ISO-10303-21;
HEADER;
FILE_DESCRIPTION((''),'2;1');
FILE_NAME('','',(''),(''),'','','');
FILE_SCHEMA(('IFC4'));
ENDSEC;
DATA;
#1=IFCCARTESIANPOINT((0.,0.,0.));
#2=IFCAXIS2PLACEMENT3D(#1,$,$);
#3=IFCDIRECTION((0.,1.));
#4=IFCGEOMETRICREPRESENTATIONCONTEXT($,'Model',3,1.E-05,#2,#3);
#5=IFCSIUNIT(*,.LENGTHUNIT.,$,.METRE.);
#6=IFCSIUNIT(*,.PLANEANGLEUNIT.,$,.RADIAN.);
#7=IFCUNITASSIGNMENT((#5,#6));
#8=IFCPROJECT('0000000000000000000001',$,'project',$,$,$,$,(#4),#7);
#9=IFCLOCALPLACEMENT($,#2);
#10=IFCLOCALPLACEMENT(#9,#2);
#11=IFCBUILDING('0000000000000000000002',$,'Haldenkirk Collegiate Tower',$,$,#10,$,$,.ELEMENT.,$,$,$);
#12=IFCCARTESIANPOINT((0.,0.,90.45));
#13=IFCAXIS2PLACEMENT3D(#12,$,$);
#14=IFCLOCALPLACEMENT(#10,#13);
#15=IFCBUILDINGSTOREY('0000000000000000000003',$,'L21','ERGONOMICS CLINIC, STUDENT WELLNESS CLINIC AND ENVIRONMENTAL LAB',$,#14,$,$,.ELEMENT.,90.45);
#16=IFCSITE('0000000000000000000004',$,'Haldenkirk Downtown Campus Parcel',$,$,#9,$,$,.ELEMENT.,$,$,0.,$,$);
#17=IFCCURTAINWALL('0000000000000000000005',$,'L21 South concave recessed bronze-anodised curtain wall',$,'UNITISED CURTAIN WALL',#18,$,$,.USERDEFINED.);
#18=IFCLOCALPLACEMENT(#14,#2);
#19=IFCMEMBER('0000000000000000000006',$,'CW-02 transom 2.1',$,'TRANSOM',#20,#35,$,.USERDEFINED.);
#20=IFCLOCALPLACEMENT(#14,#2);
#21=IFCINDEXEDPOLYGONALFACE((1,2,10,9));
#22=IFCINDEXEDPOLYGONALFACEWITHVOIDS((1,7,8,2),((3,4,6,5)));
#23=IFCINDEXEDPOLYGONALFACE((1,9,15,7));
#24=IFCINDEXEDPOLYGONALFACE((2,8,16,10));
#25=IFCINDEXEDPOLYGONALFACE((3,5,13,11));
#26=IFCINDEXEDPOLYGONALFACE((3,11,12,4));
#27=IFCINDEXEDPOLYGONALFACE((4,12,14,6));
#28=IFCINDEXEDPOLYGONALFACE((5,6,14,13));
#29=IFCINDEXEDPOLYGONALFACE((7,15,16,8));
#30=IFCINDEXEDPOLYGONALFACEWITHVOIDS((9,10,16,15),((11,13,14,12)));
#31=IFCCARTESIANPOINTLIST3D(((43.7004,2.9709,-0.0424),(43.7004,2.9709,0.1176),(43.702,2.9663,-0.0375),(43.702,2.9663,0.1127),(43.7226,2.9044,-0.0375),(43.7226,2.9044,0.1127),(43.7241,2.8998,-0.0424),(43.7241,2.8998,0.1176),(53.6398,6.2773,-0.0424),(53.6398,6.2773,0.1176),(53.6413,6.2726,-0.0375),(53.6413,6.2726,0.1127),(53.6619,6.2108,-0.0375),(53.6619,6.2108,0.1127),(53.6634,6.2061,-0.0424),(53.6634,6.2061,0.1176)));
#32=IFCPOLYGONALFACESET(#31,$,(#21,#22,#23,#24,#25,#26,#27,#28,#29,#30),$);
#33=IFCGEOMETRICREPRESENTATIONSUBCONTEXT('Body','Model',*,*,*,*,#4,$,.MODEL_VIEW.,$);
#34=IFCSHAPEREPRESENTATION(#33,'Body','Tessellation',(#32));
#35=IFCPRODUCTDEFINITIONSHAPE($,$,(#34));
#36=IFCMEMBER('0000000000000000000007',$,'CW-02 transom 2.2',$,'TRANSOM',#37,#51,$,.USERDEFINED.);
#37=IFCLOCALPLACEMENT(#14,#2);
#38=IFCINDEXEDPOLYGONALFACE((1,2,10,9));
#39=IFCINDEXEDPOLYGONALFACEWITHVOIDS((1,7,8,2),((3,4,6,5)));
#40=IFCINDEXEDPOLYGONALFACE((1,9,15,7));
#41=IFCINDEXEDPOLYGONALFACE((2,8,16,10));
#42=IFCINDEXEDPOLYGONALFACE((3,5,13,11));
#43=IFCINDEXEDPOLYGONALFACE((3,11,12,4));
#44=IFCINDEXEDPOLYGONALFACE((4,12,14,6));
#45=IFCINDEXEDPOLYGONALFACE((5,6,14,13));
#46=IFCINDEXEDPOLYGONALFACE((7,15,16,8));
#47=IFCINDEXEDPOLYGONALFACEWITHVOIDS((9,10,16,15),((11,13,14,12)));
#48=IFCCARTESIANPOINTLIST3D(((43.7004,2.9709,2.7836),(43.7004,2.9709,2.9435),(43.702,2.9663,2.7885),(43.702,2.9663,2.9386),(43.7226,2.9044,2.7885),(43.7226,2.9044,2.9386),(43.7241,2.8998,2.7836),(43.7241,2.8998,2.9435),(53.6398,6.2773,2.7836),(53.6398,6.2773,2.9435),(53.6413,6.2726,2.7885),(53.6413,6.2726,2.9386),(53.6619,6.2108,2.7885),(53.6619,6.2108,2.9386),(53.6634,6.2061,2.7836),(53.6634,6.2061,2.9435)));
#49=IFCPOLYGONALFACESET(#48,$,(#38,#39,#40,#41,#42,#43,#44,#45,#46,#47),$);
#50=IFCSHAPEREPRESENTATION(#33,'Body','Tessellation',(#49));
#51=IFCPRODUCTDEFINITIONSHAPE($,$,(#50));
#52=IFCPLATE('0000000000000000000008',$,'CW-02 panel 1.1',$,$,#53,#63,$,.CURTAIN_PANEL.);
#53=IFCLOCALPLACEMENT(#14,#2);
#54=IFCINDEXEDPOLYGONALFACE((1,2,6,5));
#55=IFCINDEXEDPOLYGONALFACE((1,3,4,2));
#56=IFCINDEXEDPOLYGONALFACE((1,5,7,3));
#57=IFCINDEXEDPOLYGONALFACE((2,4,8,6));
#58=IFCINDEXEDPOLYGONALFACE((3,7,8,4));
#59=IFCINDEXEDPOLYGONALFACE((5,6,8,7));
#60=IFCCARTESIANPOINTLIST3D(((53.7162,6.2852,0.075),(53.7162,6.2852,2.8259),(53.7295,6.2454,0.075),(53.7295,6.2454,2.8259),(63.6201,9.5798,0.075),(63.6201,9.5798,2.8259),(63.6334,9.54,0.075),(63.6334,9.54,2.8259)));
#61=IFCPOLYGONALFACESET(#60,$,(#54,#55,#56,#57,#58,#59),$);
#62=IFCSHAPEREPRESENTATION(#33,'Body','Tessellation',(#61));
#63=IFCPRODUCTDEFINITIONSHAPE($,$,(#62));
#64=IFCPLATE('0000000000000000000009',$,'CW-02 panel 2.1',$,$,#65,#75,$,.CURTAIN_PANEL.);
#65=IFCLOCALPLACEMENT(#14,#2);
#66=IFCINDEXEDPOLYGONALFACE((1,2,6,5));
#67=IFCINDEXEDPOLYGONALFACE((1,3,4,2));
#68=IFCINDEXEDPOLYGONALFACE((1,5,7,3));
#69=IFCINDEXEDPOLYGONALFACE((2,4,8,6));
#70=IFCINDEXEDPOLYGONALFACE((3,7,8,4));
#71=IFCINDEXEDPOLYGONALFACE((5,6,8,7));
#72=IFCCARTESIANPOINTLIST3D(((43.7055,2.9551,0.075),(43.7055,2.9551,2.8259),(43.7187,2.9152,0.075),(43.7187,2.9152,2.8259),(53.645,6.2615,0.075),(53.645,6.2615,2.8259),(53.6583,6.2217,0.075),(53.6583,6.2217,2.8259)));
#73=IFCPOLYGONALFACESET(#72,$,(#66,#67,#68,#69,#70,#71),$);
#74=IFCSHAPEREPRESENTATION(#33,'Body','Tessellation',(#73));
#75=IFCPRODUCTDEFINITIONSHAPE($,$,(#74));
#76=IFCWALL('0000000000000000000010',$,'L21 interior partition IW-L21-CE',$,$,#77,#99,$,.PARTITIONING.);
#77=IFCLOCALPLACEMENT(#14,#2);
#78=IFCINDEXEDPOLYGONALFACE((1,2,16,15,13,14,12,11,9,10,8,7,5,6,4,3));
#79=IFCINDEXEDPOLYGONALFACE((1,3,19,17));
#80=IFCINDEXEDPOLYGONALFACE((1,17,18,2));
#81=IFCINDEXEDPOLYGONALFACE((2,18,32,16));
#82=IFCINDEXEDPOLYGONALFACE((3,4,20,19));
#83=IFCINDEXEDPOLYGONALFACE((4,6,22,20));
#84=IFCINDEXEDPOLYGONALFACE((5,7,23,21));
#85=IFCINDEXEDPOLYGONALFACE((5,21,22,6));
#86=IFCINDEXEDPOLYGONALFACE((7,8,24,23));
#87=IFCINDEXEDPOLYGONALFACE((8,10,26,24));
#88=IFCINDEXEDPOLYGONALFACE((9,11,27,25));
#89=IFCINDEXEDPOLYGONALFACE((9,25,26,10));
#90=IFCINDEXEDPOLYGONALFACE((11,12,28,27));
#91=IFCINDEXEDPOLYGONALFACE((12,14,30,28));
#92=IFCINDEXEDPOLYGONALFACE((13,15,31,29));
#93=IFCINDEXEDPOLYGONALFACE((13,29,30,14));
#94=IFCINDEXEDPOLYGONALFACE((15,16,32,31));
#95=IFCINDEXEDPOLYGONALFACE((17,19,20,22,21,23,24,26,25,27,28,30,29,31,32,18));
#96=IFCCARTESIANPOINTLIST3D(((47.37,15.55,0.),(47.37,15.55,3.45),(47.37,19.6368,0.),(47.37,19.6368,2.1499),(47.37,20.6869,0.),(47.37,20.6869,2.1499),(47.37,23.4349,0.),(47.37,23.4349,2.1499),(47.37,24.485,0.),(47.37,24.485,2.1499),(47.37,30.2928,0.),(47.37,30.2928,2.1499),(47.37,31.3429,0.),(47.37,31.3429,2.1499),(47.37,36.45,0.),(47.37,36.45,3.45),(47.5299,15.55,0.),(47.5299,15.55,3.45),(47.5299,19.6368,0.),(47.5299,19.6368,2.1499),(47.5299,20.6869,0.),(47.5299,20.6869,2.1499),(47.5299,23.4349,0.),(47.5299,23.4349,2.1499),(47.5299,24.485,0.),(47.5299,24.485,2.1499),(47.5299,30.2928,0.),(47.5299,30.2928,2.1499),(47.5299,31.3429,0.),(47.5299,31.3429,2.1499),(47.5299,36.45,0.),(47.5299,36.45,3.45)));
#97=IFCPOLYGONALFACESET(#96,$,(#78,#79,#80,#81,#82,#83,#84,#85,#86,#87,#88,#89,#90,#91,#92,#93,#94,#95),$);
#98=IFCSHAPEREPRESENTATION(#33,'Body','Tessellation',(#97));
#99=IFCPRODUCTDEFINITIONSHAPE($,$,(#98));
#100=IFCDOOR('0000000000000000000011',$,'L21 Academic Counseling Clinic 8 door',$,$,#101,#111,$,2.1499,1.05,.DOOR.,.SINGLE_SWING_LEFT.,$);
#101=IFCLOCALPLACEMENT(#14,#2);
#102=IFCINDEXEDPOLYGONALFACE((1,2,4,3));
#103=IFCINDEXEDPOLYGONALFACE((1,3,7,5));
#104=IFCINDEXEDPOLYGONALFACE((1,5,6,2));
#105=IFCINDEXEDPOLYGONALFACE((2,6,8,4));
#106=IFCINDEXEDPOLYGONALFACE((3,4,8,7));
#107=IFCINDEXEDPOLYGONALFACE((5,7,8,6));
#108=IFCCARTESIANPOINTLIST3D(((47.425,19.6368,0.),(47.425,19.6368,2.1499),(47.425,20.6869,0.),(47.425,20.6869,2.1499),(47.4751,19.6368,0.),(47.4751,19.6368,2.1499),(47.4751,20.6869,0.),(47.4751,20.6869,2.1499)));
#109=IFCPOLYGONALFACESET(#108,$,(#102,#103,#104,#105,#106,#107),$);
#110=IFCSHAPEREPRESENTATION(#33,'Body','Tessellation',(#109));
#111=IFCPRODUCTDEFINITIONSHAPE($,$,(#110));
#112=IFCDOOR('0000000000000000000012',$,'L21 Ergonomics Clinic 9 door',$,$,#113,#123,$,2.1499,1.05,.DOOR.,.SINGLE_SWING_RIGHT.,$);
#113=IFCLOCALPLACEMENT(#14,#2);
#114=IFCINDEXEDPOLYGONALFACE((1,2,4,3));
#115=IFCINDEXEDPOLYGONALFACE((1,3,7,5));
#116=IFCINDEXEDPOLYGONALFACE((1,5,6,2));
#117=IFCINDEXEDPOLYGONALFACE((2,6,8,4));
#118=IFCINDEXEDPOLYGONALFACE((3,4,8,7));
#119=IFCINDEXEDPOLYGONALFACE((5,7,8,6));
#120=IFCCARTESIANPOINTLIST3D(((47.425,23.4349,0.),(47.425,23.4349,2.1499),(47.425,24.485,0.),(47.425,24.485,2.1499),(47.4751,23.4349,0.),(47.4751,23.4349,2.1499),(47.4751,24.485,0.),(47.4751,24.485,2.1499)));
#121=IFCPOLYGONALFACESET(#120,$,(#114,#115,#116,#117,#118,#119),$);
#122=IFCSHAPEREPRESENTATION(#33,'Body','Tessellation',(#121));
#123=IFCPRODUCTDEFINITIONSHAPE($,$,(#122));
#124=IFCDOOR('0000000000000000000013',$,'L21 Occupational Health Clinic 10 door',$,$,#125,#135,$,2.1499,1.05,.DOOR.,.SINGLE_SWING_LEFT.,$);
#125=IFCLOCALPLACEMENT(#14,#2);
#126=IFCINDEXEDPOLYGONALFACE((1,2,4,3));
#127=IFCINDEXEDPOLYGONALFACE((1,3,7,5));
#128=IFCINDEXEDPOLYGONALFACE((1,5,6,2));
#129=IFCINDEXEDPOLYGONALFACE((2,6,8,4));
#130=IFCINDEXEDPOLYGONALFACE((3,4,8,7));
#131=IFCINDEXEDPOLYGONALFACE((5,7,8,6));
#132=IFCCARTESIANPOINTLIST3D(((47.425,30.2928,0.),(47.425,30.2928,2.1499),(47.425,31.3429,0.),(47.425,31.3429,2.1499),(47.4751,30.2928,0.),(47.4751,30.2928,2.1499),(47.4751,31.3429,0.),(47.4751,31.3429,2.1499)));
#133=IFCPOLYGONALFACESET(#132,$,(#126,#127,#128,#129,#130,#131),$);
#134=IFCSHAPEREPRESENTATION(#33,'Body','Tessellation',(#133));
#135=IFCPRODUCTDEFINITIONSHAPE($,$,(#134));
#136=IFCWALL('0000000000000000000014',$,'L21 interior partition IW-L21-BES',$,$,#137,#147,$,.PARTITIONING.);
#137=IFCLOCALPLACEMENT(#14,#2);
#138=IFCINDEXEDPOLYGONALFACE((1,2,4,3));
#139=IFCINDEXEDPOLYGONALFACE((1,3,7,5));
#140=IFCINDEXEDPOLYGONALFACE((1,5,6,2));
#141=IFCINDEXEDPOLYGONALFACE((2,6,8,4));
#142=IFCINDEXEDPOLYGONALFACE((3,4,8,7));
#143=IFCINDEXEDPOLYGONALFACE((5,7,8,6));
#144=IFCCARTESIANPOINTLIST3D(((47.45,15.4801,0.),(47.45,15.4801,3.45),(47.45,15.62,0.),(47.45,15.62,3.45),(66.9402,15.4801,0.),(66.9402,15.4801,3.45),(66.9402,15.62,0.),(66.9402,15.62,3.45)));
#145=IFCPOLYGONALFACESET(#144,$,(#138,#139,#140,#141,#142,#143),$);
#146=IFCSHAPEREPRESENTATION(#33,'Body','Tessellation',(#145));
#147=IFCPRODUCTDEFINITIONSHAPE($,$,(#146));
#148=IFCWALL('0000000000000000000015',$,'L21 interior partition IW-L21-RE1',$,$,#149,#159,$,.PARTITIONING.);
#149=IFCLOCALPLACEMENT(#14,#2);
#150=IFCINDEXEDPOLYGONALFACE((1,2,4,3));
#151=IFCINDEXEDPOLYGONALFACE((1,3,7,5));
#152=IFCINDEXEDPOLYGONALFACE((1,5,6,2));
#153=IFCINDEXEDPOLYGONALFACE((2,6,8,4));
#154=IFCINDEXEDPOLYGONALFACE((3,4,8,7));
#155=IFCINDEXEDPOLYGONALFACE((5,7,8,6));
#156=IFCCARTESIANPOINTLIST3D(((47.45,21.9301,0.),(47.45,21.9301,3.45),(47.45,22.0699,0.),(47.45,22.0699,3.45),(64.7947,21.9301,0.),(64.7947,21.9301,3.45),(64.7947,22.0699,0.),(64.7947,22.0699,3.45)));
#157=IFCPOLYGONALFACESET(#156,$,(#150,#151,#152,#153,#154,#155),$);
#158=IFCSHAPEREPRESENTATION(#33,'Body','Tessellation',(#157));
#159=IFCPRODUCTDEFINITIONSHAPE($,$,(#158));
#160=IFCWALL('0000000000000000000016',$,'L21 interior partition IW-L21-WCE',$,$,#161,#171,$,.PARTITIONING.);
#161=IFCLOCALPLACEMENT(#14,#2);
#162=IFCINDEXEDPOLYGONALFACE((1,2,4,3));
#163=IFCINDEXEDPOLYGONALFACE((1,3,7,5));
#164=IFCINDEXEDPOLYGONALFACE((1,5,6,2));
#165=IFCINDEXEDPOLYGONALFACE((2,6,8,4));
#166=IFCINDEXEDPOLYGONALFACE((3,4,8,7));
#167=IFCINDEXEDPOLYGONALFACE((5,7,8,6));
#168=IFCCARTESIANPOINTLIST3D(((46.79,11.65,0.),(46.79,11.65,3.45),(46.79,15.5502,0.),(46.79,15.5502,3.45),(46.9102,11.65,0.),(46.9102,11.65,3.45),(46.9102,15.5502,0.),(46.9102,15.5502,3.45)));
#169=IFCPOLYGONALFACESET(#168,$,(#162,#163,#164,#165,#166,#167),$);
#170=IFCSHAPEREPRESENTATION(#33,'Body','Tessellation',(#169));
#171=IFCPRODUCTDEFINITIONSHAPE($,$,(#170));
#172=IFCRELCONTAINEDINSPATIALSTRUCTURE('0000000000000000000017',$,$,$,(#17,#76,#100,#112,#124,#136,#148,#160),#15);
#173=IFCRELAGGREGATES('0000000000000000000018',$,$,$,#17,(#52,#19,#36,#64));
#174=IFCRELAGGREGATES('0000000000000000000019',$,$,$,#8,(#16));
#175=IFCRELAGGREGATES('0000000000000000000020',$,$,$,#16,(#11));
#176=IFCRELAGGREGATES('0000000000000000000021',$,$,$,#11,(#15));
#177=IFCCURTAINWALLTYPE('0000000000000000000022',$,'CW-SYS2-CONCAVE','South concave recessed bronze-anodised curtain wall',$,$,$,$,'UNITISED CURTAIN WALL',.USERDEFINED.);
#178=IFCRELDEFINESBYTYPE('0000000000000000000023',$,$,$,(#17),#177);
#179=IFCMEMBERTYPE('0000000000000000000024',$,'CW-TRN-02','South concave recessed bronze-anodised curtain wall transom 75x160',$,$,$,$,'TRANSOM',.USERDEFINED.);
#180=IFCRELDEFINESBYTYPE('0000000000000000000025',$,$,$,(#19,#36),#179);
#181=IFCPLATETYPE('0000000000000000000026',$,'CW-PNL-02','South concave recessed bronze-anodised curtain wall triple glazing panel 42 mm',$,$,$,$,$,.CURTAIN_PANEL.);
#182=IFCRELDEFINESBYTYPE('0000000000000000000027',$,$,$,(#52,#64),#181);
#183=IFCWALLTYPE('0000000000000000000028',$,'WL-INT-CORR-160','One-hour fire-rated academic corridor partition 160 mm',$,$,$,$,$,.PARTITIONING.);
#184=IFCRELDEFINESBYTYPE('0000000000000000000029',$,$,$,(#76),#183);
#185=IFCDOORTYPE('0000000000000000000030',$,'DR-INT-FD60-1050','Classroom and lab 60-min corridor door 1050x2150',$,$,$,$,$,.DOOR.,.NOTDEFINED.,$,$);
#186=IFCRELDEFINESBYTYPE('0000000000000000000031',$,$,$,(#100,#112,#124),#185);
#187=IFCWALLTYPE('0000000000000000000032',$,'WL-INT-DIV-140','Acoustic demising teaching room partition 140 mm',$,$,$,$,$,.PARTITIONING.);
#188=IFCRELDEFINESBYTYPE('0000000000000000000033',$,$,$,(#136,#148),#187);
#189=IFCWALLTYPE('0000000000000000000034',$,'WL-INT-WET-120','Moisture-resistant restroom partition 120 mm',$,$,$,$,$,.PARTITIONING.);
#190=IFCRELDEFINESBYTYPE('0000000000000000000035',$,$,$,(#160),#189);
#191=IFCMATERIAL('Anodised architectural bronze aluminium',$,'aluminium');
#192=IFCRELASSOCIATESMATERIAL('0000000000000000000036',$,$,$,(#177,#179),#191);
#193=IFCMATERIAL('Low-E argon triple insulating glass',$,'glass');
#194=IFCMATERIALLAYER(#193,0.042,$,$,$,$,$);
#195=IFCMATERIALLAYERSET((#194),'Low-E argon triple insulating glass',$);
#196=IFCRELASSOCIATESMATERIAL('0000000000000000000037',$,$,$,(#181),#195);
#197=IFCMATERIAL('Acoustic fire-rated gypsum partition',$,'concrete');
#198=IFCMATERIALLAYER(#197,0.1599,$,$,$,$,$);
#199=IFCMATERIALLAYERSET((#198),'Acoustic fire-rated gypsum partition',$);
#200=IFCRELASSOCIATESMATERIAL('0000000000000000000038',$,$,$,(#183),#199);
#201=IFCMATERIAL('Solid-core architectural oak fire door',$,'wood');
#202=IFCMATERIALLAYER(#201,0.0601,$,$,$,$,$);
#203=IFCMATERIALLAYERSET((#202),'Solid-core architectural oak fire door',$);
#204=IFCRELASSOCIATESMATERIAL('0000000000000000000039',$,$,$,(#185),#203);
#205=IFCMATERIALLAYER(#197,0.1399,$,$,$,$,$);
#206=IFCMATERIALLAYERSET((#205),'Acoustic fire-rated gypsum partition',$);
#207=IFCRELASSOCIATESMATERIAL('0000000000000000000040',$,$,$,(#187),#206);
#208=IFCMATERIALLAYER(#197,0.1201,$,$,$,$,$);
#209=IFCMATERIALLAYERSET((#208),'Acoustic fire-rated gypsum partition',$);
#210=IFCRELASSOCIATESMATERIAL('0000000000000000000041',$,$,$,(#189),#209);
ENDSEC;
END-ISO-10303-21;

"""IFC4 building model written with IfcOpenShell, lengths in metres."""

from ifc_helpers import new_model, si_unit, direction, frame, frame_2d, origin, origin_2d, place, context, subcontext, project, spatial, rectangle, hollow_rectangle, extrude, source, transform, mapped, material, layer, layer_set, material_profile, profile_set, type_object, element, fill, aggregate, save


model = new_model("IFC4")

# Units and contexts
model_context = context("Model", 3, precision=1e-05, world=origin(), true_north=direction((0.0, 1.0)))
body_context = subcontext(model_context, "Body", "Model", "MODEL_VIEW")
ifc_project = project(units=[si_unit("LENGTHUNIT", "METRE"), si_unit("PLANEANGLEUNIT", "RADIAN")], contexts=[model_context])

# Site, building, storey
site_placement = place(None, origin())
site = spatial("IfcSite", under=ifc_project, at=site_placement, Name="Haldenkirk Downtown Campus Parcel", CompositionType="ELEMENT", RefElevation=0.0)
building_placement = place(site_placement, origin())
building = spatial("IfcBuilding", under=site, at=building_placement, Name="Haldenkirk Collegiate Tower", CompositionType="ELEMENT")
storey_placement = place(building_placement, frame((0.0, 0.0, 90.45)))
storey = spatial("IfcBuildingStorey", under=building, at=storey_placement, Name="L21", Description="ERGONOMICS CLINIC, STUDENT WELLNESS CLINIC AND ENVIRONMENTAL LAB", CompositionType="ELEMENT", Elevation=90.45)

# Curtain wall, members, plates
ifc_material_1 = material(Name="Anodised architectural bronze aluminium", Category="aluminium")
curtain_wall_type = type_object("IfcCurtainWallType", Name="CW-SYS2-CONCAVE", Description="South concave recessed bronze-anodised curtain wall", ElementType="UNITISED CURTAIN WALL", PredefinedType="USERDEFINED", material=ifc_material_1)
curtain_wall_placement = place(storey_placement, origin())
curtain_wall = element("IfcCurtainWall", 1, at=curtain_wall_placement, inside=storey, type_object=curtain_wall_type, Name="L21 South concave recessed bronze-anodised curtain wall", ObjectType="UNITISED CURTAIN WALL", PredefinedType="USERDEFINED")
ifc_material_profile_1 = material_profile(ifc_material_1, hollow_rectangle(XDim=0.075, YDim=0.1599, WallThickness=0.0049, at=origin_2d()), Name="CW-TRN-02")
ifc_profile_set_1 = profile_set([ifc_material_profile_1], Name="Anodised architectural bronze aluminium")
member_type_1 = type_object("IfcMemberType", Name="CW-TRN-02", Description="South concave recessed bronze-anodised curtain wall transom 75x160", ElementType="TRANSOM", PredefinedType="USERDEFINED", material=ifc_profile_set_1)
member_1_placement = place(storey_placement, frame((53.6516, 6.2417, 0.0376), z_axis=(-0.948877, -0.315647, 0.0), x_axis=(0.315647, -0.948877, 0.0)))
member_1 = element("IfcMember", 2, at=member_1_placement, type_object=member_type_1, Name="CW-02 transom 2.1", ObjectType="TRANSOM", PredefinedType="USERDEFINED", context=body_context, shape_type="SweptSolid", body=[
    extrude(hollow_rectangle(XDim=0.075, YDim=0.1599, WallThickness=0.0049, at=origin_2d()), origin(), (0.0, 0.0, 1.0), 10.4749),
])
member_2_placement = place(storey_placement, frame((53.6516, 6.2417, 2.8635), z_axis=(-0.948877, -0.315647, 0.0), x_axis=(0.315647, -0.948877, 0.0)))
member_2 = element("IfcMember", 3, at=member_2_placement, type_object=member_type_1, Name="CW-02 transom 2.2", ObjectType="TRANSOM", PredefinedType="USERDEFINED", context=body_context, shape_type="SweptSolid", body=[
    extrude(hollow_rectangle(XDim=0.075, YDim=0.1599, WallThickness=0.0049, at=origin_2d()), origin(), (0.0, 0.0, 1.0), 10.4749),
])
ifc_material_2 = material(Name="Low-E argon triple insulating glass", Category="glass")
ifc_layer_1 = layer(ifc_material_2, 0.042)
ifc_layer_set_1 = layer_set([ifc_layer_1], Name="Low-E argon triple insulating glass")
plate_type = type_object("IfcPlateType", Name="CW-PNL-02", Description="South concave recessed bronze-anodised curtain wall triple glazing panel 42 mm", PredefinedType="CURTAIN_PANEL", material=ifc_layer_set_1)
shared_shape_1 = source(origin(), body_context, "Body", "SweptSolid", [
    extrude(rectangle(XDim=10.4375, YDim=0.042, at=origin_2d()), origin(), (0.0, 0.0, 1.0), 2.751),
])
plate_1_placement = place(storey_placement, frame((58.6748, 7.9126, 0.075), z_axis=(0.0, 0.0, 1.0), x_axis=(-0.948877, -0.315647, 0.0)))
plate_1 = element("IfcPlate", 4, at=plate_1_placement, type_object=plate_type, Name="CW-02 panel 1.1", PredefinedType="CURTAIN_PANEL", context=body_context, shape_type="MappedRepresentation", body=[
    mapped(shared_shape_1, transform((0.0, 0.0, 0.0), x_axis=(1.0, 0.0, 0.0), y_axis=(0.0, 1.0, 0.0), z_axis=(0.0, 0.0, 1.0), scale=1.0)),
])
shared_shape_2 = source(origin(), body_context, "Body", "SweptSolid", [
    extrude(rectangle(XDim=10.4751, YDim=0.042, at=origin_2d()), origin(), (0.0, 0.0, 1.0), 2.751),
])
plate_2_placement = place(storey_placement, frame((48.6819, 4.5884, 0.075), z_axis=(0.0, 0.0, 1.0), x_axis=(-0.948877, -0.315647, 0.0)))
plate_2 = element("IfcPlate", 5, at=plate_2_placement, type_object=plate_type, Name="CW-02 panel 2.1", PredefinedType="CURTAIN_PANEL", context=body_context, shape_type="MappedRepresentation", body=[
    mapped(shared_shape_2, transform((0.0, 0.0, 0.0), x_axis=(1.0, 0.0, 0.0), y_axis=(0.0, 1.0, 0.0), z_axis=(0.0, 0.0, 1.0), scale=1.0)),
])
aggregate(curtain_wall, [plate_1, member_1, member_2, plate_2])

# Wall, openings, doors
ifc_material_3 = material(Name="Acoustic fire-rated gypsum partition", Category="concrete")
ifc_layer_2 = layer(ifc_material_3, 0.1599)
ifc_layer_set_2 = layer_set([ifc_layer_2], Name="Acoustic fire-rated gypsum partition")
wall_type_1 = type_object("IfcWallType", Name="WL-INT-CORR-160", Description="One-hour fire-rated academic corridor partition 160 mm", PredefinedType="PARTITIONING", material=ifc_layer_set_2)
wall_1_placement = place(storey_placement, frame((47.45, 15.55, 0.0), z_axis=(0.0, 0.0, 1.0), x_axis=(0.0, 1.0, 0.0)))
wall_1 = element("IfcWall", 6, at=wall_1_placement, inside=storey, type_object=wall_type_1, Name="L21 interior partition IW-L21-CE", PredefinedType="PARTITIONING", context=body_context, shape_type="SweptSolid", body=[
    extrude(rectangle(XDim=20.8999, YDim=0.1599, at=frame_2d((10.45, 0.0))), origin(), (0.0, 0.0, 1.0), 3.45),
])
opening_1_placement = place(wall_1_placement, frame((4.0869, 0.0, 0.0)))
opening_1 = element("IfcOpeningElement", 7, at=opening_1_placement, cuts=wall_1, PredefinedType="OPENING", context=body_context, shape_type="SweptSolid", body=[
    extrude(rectangle(XDim=1.05, YDim=2.1499, at=frame_2d((0.5249, 1.075))), frame((0.0, 0.0898, 0.0), z_axis=(0.0, -1.0, 0.0), x_axis=(1.0, 0.0, 0.0)), (0.0, 0.0, 1.0), 0.1799),
])
opening_2_placement = place(wall_1_placement, frame((7.885, 0.0, 0.0)))
opening_2 = element("IfcOpeningElement", 8, at=opening_2_placement, cuts=wall_1, PredefinedType="OPENING", context=body_context, shape_type="SweptSolid", body=[
    extrude(rectangle(XDim=1.05, YDim=2.1499, at=frame_2d((0.5249, 1.075))), frame((0.0, 0.0898, 0.0), z_axis=(0.0, -1.0, 0.0), x_axis=(1.0, 0.0, 0.0)), (0.0, 0.0, 1.0), 0.1799),
])
opening_3_placement = place(wall_1_placement, frame((14.7429, 0.0, 0.0)))
opening_3 = element("IfcOpeningElement", 9, at=opening_3_placement, cuts=wall_1, PredefinedType="OPENING", context=body_context, shape_type="SweptSolid", body=[
    extrude(rectangle(XDim=1.05, YDim=2.1499, at=frame_2d((0.5249, 1.075))), frame((0.0, 0.0898, 0.0), z_axis=(0.0, -1.0, 0.0), x_axis=(1.0, 0.0, 0.0)), (0.0, 0.0, 1.0), 0.1799),
])
ifc_material_4 = material(Name="Solid-core architectural oak fire door", Category="wood")
ifc_layer_3 = layer(ifc_material_4, 0.0601)
ifc_layer_set_3 = layer_set([ifc_layer_3], Name="Solid-core architectural oak fire door")
door_type = type_object("IfcDoorType", Name="DR-INT-FD60-1050", Description="Classroom and lab 60-min corridor door 1050x2150", OperationType="NOTDEFINED", PredefinedType="DOOR", material=ifc_layer_set_3)
door_1_placement = place(opening_1_placement, origin())
door_1 = element("IfcDoor", 10, at=door_1_placement, inside=storey, type_object=door_type, Name="L21 Academic Counseling Clinic 8 door", OperationType="SINGLE_SWING_LEFT", OverallHeight=2.1499, OverallWidth=1.05, PredefinedType="DOOR", context=body_context, shape_type="SweptSolid", body=[
    extrude(rectangle(XDim=1.05, YDim=2.1499, at=frame_2d((0.5249, 1.075))), frame((0.0, 0.0249, 0.0), z_axis=(0.0, -1.0, 0.0), x_axis=(1.0, 0.0, 0.0)), (0.0, 0.0, 1.0), 0.05),
])
fill(opening_1, door_1)
door_2_placement = place(opening_2_placement, origin())
door_2 = element("IfcDoor", 11, at=door_2_placement, inside=storey, type_object=door_type, Name="L21 Ergonomics Clinic 9 door", OperationType="SINGLE_SWING_RIGHT", OverallHeight=2.1499, OverallWidth=1.05, PredefinedType="DOOR", context=body_context, shape_type="SweptSolid", body=[
    extrude(rectangle(XDim=1.05, YDim=2.1499, at=frame_2d((0.5249, 1.075))), frame((0.0, 0.0249, 0.0), z_axis=(0.0, -1.0, 0.0), x_axis=(1.0, 0.0, 0.0)), (0.0, 0.0, 1.0), 0.05),
])
fill(opening_2, door_2)
door_3_placement = place(opening_3_placement, origin())
door_3 = element("IfcDoor", 12, at=door_3_placement, inside=storey, type_object=door_type, Name="L21 Occupational Health Clinic 10 door", OperationType="SINGLE_SWING_LEFT", OverallHeight=2.1499, OverallWidth=1.05, PredefinedType="DOOR", context=body_context, shape_type="SweptSolid", body=[
    extrude(rectangle(XDim=1.05, YDim=2.1499, at=frame_2d((0.5249, 1.075))), frame((0.0, 0.0249, 0.0), z_axis=(0.0, -1.0, 0.0), x_axis=(1.0, 0.0, 0.0)), (0.0, 0.0, 1.0), 0.05),
])
fill(opening_3, door_3)

# Walls
ifc_layer_4 = layer(ifc_material_3, 0.1399)
ifc_layer_set_4 = layer_set([ifc_layer_4], Name="Acoustic fire-rated gypsum partition")
wall_type_2 = type_object("IfcWallType", Name="WL-INT-DIV-140", Description="Acoustic demising teaching room partition 140 mm", PredefinedType="PARTITIONING", material=ifc_layer_set_4)
wall_2_placement = place(storey_placement, frame((47.45, 15.55, 0.0), z_axis=(0.0, 0.0, 1.0), x_axis=(1.0, 0.0, 0.0)))
element("IfcWall", 13, at=wall_2_placement, inside=storey, type_object=wall_type_2, Name="L21 interior partition IW-L21-BES", PredefinedType="PARTITIONING", context=body_context, shape_type="SweptSolid", body=[
    extrude(rectangle(XDim=19.4902, YDim=0.1399, at=frame_2d((9.7451, 0.0))), origin(), (0.0, 0.0, 1.0), 3.45),
])
wall_3_placement = place(storey_placement, frame((47.45, 22.0, 0.0), z_axis=(0.0, 0.0, 1.0), x_axis=(1.0, 0.0, 0.0)))
element("IfcWall", 14, at=wall_3_placement, inside=storey, type_object=wall_type_2, Name="L21 interior partition IW-L21-RE1", PredefinedType="PARTITIONING", context=body_context, shape_type="SweptSolid", body=[
    extrude(rectangle(XDim=17.3447, YDim=0.1399, at=frame_2d((8.6724, 0.0))), origin(), (0.0, 0.0, 1.0), 3.45),
])
ifc_layer_5 = layer(ifc_material_3, 0.1201)
ifc_layer_set_5 = layer_set([ifc_layer_5], Name="Acoustic fire-rated gypsum partition")
wall_type_3 = type_object("IfcWallType", Name="WL-INT-WET-120", Description="Moisture-resistant restroom partition 120 mm", PredefinedType="PARTITIONING", material=ifc_layer_set_5)
wall_4_placement = place(storey_placement, frame((46.8501, 11.6499, 0.0), z_axis=(0.0, 0.0, 1.0), x_axis=(0.0, 1.0, 0.0)))
element("IfcWall", 15, at=wall_4_placement, inside=storey, type_object=wall_type_3, Name="L21 interior partition IW-L21-WCE", PredefinedType="PARTITIONING", context=body_context, shape_type="SweptSolid", body=[
    extrude(rectangle(XDim=3.9001, YDim=0.1201, at=frame_2d((1.9502, 0.0))), origin(), (0.0, 0.0, 1.0), 3.45),
])

save(model, "model.ifc")
